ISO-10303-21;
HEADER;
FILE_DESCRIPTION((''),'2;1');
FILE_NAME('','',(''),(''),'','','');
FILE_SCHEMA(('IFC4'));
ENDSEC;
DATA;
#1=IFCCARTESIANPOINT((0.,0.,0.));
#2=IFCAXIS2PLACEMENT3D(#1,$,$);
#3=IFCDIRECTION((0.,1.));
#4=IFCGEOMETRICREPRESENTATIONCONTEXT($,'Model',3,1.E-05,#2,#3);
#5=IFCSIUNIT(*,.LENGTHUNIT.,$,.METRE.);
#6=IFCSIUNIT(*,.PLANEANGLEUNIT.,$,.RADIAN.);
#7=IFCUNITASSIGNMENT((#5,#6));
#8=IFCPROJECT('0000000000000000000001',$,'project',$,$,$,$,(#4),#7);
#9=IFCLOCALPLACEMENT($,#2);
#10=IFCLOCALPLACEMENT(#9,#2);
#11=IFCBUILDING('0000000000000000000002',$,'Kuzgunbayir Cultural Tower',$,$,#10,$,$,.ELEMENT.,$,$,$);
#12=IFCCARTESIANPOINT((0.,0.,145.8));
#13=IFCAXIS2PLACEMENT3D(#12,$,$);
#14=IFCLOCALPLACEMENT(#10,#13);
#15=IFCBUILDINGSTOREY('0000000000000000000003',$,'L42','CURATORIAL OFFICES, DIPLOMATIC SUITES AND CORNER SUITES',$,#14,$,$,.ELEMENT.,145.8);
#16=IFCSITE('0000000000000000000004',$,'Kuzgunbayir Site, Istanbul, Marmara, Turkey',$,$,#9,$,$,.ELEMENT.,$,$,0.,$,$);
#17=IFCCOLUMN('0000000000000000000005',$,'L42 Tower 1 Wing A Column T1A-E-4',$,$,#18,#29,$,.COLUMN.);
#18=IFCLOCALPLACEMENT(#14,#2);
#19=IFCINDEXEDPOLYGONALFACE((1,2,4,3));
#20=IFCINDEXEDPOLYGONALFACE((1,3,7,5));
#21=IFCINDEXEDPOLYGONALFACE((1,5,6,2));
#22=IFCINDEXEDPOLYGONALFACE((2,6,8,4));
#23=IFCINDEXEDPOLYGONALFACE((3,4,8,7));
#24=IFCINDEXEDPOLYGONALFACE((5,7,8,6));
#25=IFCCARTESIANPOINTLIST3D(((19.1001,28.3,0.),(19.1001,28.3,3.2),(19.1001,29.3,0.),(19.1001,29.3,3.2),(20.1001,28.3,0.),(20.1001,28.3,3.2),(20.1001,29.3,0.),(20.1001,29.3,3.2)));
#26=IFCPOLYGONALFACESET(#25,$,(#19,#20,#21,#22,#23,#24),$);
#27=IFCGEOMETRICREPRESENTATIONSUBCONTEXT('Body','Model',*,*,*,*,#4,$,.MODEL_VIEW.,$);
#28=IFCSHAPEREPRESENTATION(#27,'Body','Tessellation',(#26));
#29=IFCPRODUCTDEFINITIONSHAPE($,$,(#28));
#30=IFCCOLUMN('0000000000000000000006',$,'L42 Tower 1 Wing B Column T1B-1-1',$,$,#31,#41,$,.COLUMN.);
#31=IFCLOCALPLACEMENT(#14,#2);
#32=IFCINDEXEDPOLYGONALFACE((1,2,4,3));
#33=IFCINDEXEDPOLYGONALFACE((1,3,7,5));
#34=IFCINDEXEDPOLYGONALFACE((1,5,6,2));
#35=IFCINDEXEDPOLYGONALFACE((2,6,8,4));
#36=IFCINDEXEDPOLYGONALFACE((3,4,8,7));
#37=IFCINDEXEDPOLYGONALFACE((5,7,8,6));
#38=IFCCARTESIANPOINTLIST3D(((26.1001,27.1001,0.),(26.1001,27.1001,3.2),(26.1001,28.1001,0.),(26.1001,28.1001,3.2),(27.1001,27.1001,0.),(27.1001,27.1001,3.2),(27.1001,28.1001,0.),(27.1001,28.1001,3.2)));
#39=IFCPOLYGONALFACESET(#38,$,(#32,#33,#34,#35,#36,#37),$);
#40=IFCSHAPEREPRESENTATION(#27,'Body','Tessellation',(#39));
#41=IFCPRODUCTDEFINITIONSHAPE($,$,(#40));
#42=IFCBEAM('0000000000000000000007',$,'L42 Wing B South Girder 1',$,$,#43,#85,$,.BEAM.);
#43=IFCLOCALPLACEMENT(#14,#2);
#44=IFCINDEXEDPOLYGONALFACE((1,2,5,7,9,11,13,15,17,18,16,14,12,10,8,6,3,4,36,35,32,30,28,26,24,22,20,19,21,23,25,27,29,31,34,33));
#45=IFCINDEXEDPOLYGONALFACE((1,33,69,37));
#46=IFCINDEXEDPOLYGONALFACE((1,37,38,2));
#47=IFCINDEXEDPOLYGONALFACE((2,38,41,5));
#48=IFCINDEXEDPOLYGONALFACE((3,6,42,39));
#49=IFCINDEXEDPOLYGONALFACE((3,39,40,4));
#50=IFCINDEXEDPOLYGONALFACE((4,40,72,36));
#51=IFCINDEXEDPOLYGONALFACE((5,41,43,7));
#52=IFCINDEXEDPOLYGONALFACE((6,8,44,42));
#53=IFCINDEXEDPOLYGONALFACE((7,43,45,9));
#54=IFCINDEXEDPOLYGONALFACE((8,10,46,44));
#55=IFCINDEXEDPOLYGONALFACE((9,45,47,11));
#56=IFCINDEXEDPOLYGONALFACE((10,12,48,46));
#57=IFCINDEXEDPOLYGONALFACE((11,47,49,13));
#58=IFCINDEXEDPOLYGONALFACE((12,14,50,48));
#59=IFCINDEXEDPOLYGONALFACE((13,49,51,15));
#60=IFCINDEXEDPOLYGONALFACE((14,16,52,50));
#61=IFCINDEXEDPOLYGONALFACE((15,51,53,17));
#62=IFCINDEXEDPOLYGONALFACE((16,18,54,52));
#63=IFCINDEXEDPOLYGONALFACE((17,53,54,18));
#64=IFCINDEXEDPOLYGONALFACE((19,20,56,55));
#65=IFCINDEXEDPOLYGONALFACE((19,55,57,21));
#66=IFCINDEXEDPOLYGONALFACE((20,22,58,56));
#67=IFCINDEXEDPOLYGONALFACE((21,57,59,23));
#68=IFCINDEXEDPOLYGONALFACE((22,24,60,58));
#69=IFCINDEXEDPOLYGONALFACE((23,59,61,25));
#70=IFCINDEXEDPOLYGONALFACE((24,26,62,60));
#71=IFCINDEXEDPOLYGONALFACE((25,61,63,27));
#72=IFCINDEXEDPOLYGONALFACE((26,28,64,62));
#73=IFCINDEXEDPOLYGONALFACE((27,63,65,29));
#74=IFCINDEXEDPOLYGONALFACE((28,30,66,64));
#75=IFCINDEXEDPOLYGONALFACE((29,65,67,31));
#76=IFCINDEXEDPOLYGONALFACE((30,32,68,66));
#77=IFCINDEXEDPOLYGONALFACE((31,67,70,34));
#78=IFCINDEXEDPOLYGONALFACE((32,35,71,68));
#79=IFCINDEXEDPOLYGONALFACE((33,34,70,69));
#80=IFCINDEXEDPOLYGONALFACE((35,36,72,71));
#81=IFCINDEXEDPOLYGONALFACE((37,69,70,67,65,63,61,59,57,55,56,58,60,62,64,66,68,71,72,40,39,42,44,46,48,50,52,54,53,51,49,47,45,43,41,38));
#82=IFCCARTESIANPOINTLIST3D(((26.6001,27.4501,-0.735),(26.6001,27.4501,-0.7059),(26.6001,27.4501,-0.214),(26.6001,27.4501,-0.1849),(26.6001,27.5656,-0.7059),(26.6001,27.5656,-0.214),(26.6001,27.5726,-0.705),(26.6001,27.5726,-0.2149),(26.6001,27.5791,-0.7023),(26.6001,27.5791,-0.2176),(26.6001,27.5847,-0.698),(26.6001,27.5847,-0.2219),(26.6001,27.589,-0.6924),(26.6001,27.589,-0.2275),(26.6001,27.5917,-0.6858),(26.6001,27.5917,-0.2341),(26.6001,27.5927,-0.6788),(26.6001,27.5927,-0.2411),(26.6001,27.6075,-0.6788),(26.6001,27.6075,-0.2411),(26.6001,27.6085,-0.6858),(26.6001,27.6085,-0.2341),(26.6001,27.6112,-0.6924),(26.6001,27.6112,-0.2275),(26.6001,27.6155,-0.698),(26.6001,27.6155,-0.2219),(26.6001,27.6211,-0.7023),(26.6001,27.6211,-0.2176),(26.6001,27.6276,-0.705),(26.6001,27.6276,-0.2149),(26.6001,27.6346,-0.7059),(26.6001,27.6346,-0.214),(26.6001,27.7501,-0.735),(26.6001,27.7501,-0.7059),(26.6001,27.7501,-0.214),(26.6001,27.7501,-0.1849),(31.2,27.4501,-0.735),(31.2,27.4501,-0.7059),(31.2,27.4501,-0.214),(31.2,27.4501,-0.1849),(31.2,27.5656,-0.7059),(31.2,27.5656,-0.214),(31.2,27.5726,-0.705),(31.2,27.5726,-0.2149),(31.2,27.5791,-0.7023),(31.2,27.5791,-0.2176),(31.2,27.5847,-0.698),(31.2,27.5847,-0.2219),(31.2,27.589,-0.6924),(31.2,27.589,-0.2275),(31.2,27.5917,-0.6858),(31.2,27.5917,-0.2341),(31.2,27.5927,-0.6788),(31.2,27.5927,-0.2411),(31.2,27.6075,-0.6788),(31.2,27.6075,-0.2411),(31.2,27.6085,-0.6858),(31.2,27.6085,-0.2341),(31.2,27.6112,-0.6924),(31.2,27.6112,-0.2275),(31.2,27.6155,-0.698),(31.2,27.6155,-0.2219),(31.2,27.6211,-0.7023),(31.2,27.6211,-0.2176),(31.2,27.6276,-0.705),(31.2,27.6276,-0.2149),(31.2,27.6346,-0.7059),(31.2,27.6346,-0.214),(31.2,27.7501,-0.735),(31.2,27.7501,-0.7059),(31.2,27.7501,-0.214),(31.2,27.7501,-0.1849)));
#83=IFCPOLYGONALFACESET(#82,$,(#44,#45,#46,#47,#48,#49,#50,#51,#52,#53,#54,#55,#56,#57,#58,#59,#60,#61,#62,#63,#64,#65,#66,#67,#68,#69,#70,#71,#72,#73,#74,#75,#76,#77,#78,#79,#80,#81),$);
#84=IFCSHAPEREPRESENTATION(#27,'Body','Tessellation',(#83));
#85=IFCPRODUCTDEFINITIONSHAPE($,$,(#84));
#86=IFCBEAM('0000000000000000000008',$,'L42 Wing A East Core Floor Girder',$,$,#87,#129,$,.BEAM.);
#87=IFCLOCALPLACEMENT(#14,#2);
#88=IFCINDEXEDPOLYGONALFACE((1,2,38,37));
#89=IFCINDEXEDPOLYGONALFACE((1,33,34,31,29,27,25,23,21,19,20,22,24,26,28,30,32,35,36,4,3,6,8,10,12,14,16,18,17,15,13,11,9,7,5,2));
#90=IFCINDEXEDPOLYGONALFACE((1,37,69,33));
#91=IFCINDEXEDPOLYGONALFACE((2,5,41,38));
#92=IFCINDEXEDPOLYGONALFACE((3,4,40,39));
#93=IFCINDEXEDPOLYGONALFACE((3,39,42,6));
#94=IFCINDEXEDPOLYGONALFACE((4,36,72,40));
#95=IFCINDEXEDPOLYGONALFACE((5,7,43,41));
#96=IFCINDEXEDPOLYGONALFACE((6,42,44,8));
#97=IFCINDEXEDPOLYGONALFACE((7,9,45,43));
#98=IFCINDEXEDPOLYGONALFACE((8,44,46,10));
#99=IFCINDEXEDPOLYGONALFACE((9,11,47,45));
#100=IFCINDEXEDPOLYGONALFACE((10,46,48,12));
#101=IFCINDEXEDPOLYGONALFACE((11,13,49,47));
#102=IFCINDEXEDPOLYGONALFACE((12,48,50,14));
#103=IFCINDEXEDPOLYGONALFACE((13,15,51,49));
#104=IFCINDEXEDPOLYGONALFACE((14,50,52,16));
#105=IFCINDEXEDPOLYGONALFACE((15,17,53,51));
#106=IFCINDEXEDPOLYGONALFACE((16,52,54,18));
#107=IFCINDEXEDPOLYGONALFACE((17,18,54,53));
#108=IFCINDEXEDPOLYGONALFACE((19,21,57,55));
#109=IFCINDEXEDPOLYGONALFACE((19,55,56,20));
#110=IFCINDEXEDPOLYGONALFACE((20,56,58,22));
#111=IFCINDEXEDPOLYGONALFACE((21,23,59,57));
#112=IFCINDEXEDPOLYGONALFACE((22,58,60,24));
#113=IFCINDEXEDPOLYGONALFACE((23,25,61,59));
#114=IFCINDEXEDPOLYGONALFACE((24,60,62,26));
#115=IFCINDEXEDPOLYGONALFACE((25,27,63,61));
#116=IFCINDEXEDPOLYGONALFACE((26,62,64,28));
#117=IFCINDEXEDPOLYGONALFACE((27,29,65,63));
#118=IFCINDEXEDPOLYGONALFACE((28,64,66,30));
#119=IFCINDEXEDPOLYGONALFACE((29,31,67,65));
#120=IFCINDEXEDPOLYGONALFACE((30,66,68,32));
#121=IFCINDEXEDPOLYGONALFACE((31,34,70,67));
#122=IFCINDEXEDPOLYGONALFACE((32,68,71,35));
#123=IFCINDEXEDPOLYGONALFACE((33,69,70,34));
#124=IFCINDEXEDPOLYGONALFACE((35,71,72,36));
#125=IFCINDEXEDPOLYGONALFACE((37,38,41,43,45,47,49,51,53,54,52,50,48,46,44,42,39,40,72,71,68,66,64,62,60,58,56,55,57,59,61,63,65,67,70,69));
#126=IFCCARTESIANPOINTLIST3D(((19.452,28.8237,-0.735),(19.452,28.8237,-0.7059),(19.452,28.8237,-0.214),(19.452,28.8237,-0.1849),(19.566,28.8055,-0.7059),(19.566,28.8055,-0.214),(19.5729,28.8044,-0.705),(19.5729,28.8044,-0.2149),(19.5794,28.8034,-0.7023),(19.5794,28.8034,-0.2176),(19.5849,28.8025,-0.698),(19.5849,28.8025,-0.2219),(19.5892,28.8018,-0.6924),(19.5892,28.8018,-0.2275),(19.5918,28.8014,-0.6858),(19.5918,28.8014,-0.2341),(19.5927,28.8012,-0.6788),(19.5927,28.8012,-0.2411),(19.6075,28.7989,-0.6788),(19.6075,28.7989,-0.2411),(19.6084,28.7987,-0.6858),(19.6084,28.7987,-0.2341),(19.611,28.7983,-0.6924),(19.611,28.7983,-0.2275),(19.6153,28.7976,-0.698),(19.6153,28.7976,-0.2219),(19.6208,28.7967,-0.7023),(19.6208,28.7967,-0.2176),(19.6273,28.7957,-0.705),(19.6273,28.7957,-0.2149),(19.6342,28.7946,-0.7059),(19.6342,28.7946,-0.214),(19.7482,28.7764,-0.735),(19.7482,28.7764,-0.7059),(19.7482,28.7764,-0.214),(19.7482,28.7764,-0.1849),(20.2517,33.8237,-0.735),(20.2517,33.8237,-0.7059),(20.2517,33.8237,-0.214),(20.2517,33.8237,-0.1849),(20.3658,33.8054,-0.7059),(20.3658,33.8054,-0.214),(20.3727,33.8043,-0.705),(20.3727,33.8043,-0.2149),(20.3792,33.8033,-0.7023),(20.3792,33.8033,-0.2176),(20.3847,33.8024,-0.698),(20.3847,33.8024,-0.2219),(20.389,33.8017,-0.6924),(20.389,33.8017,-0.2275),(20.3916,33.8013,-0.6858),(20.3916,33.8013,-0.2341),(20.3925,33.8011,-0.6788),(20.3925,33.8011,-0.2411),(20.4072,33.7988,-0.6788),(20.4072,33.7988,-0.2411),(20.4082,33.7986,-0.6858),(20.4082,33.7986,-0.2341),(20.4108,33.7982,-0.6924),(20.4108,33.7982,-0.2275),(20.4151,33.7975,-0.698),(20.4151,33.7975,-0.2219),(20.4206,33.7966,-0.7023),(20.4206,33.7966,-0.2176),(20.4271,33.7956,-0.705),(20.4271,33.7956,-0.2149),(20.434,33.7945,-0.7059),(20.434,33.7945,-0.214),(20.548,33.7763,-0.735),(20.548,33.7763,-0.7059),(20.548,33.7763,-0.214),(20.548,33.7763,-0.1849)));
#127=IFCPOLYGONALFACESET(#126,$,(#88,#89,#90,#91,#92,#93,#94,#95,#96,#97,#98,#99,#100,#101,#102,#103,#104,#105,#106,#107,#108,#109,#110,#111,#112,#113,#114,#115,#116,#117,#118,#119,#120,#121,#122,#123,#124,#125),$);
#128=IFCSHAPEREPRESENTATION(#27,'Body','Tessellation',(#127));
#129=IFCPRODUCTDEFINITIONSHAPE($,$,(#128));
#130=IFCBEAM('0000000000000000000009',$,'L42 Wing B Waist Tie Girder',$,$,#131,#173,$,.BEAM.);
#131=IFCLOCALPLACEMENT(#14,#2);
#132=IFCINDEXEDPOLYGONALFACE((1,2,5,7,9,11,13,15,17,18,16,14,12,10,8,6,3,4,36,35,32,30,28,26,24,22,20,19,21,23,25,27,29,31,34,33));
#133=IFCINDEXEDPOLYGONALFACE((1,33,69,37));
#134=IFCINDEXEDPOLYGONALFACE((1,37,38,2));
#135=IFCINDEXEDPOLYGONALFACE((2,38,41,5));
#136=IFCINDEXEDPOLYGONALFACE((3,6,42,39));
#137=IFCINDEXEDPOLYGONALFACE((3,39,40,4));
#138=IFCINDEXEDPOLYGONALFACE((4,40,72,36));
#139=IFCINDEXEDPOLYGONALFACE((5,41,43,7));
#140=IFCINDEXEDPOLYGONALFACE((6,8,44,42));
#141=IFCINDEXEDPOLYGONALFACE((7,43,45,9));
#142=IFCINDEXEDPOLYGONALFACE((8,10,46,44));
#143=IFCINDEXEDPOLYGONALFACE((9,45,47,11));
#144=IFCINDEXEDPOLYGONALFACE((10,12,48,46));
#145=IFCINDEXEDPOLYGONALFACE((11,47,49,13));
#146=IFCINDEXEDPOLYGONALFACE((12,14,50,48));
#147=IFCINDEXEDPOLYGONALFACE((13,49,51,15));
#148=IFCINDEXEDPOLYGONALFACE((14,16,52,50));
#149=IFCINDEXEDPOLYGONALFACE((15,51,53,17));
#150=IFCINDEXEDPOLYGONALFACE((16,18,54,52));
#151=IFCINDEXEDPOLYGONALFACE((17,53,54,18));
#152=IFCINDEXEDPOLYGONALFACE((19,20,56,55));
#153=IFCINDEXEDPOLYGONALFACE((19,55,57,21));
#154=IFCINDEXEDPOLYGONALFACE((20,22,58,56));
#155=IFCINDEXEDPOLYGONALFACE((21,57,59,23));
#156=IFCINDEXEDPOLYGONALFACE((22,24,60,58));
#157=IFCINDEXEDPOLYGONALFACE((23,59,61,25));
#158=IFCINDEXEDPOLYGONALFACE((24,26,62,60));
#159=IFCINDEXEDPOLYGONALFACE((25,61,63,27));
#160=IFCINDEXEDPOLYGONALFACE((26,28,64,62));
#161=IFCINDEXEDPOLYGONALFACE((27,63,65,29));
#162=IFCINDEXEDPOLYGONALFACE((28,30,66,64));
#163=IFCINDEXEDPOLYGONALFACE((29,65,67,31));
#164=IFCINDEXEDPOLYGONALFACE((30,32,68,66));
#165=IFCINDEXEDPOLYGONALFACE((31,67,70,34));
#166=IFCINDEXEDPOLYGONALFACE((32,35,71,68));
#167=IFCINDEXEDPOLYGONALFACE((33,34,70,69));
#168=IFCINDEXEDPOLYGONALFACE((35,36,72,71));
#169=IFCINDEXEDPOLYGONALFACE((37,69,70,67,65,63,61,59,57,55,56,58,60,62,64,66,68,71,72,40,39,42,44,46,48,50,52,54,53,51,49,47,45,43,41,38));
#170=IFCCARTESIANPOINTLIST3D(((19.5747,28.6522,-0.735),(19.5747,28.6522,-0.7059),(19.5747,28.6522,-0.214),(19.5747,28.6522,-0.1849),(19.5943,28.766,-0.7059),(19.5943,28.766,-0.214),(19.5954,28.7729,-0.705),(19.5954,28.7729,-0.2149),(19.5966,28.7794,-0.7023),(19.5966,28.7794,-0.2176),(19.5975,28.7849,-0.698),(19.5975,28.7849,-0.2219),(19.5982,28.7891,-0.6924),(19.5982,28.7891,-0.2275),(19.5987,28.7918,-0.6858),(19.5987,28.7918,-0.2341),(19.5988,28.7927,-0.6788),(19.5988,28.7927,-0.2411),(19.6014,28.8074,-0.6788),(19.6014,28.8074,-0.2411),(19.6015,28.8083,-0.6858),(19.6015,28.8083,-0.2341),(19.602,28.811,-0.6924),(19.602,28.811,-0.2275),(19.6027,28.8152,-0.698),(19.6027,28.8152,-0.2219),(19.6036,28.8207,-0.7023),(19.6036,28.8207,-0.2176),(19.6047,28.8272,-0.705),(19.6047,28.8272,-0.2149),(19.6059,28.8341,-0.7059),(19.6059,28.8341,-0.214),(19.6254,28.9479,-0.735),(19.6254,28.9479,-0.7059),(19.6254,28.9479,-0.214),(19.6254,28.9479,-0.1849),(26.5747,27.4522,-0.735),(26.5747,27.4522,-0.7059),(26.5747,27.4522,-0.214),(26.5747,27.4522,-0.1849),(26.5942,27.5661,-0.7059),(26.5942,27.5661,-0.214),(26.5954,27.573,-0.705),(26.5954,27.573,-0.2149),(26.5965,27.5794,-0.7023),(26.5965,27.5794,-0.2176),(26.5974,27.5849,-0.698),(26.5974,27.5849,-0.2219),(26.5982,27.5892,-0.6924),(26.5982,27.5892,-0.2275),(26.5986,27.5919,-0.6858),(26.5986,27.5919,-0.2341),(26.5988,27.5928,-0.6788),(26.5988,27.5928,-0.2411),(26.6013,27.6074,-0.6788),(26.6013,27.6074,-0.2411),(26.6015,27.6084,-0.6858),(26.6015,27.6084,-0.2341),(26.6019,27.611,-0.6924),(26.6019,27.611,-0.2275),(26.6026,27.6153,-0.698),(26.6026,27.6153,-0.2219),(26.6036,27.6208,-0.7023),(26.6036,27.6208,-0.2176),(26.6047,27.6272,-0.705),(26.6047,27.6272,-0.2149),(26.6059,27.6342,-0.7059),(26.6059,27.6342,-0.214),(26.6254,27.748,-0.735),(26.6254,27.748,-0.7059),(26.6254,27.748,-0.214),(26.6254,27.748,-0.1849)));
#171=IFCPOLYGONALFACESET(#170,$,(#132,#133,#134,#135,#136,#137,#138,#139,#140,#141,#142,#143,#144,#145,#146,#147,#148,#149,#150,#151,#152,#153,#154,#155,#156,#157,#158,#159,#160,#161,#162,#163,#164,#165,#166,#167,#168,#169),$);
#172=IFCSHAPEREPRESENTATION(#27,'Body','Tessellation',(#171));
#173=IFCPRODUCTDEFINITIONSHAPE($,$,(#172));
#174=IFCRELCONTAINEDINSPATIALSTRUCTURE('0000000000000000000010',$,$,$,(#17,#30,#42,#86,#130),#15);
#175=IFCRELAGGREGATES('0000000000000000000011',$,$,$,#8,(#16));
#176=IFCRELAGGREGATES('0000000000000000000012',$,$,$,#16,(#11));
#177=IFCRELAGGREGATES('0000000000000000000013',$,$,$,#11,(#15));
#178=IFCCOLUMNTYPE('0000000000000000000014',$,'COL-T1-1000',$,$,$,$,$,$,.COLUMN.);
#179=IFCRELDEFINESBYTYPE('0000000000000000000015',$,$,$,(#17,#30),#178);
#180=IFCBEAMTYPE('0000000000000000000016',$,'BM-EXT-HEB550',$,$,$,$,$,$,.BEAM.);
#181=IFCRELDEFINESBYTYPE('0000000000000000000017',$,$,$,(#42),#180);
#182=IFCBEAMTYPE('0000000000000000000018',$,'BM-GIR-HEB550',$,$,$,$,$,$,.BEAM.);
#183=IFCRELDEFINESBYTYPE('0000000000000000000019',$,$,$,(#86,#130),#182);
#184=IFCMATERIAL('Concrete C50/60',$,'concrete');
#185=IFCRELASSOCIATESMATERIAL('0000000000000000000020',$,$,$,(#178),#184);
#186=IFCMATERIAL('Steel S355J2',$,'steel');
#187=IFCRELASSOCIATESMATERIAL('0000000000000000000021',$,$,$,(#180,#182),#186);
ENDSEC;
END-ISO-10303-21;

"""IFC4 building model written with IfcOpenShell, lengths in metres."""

from ifc_helpers import new_model, si_unit, direction, frame, origin, origin_2d, place, context, subcontext, project, spatial, rectangle, i_section, extrude, material, material_profile, profile_set, type_object, element, save


model = new_model("IFC4")

# Units and contexts
model_context = context("Model", 3, precision=1e-05, world=origin(), true_north=direction((0.0, 1.0)))
body_context = subcontext(model_context, "Body", "Model", "MODEL_VIEW")
ifc_project = project(units=[si_unit("LENGTHUNIT", "METRE"), si_unit("PLANEANGLEUNIT", "RADIAN")], contexts=[model_context])

# Site, building, storey
site_placement = place(None, origin())
site = spatial("IfcSite", under=ifc_project, at=site_placement, Name="Kuzgunbayir Site, Istanbul, Marmara, Turkey", CompositionType="ELEMENT", RefElevation=0.0)
building_placement = place(site_placement, origin())
building = spatial("IfcBuilding", under=site, at=building_placement, Name="Kuzgunbayir Cultural Tower", CompositionType="ELEMENT")
storey_placement = place(building_placement, frame((0.0, 0.0, 145.8)))
storey = spatial("IfcBuildingStorey", under=building, at=storey_placement, Name="L42", Description="CURATORIAL OFFICES, DIPLOMATIC SUITES AND CORNER SUITES", CompositionType="ELEMENT", Elevation=145.8)

# Columns
ifc_material_1 = material(Name="Concrete C50/60", Category="concrete")
ifc_material_profile_1 = material_profile(ifc_material_1, rectangle(XDim=1.0, YDim=1.0, at=origin_2d()), Name="RC 1000x1000")
ifc_profile_set_1 = profile_set([ifc_material_profile_1], Name="Concrete C50/60")
column_type = type_object("IfcColumnType", Name="COL-T1-1000", PredefinedType="COLUMN", material=ifc_profile_set_1)
for number, where, z_axis, x_axis, name in (
    (1, (19.6001, 28.8, 0.0), (0.0, 0.0, 1.0), (1.0, 0.0, 0.0), "L42 Tower 1 Wing A Column T1A-E-4"),
    (2, (26.6001, 27.6001, 0.0), (0.0, 0.0, 1.0), (1.0, 0.0, 0.0), "L42 Tower 1 Wing B Column T1B-1-1"),
):
    element("IfcColumn", number, at=place(storey_placement, frame(where, z_axis=z_axis, x_axis=x_axis)), inside=storey, type_object=column_type, Name=name, PredefinedType="COLUMN", context=body_context, shape_type="SweptSolid", body=[
        extrude(rectangle(XDim=1.0, YDim=1.0, at=origin_2d()), origin(), (0.0, 0.0, 1.0), 3.2),
    ])

# Beams
ifc_material_2 = material(Name="Steel S355J2", Category="steel")
ifc_material_profile_2 = material_profile(ifc_material_2, i_section(OverallWidth=0.3, OverallDepth=0.55, WebThickness=0.0149, FlangeThickness=0.0291, FilletRadius=0.0271, at=origin_2d()), Name="HEB 550")
ifc_profile_set_2 = profile_set([ifc_material_profile_2], Name="Steel S355J2")
beam_type_1 = type_object("IfcBeamType", Name="BM-EXT-HEB550", PredefinedType="BEAM", material=ifc_profile_set_2)
beam_1_placement = place(storey_placement, frame((26.6001, 27.6001, -0.46), z_axis=(1.0, 0.0, 0.0), x_axis=(0.0, 1.0, 0.0)))
element("IfcBeam", 3, at=beam_1_placement, inside=storey, type_object=beam_type_1, Name="L42 Wing B South Girder 1", PredefinedType="BEAM", context=body_context, shape_type="SweptSolid", body=[
    extrude(i_section(OverallWidth=0.3, OverallDepth=0.55, WebThickness=0.0149, FlangeThickness=0.0291, FilletRadius=0.0271, at=origin_2d()), origin(), (0.0, 0.0, 1.0), 4.5999),
])
ifc_material_profile_3 = material_profile(ifc_material_2, i_section(OverallWidth=0.3, OverallDepth=0.55, WebThickness=0.0149, FlangeThickness=0.0291, FilletRadius=0.0271, at=origin_2d()), Name="HEB 550")
ifc_profile_set_3 = profile_set([ifc_material_profile_3], Name="Steel S355J2")
beam_type_2 = type_object("IfcBeamType", Name="BM-GIR-HEB550", PredefinedType="BEAM", material=ifc_profile_set_3)
beam_2_placement = place(storey_placement, frame((19.6001, 28.8, -0.46), z_axis=(0.157953, 0.987447, 0.0), x_axis=(-0.987447, 0.157953, 0.0)))
element("IfcBeam", 4, at=beam_2_placement, inside=storey, type_object=beam_type_2, Name="L42 Wing A East Core Floor Girder", PredefinedType="BEAM", context=body_context, shape_type="SweptSolid", body=[
    extrude(i_section(OverallWidth=0.3, OverallDepth=0.55, WebThickness=0.0149, FlangeThickness=0.0291, FilletRadius=0.0271, at=origin_2d()), origin(), (0.0, 0.0, 1.0), 5.0635),
])
beam_3_placement = place(storey_placement, frame((19.6001, 28.8, -0.46), z_axis=(0.985623, -0.168957, 0.0), x_axis=(0.168957, 0.985623, 0.0)))
element("IfcBeam", 5, at=beam_3_placement, inside=storey, type_object=beam_type_2, Name="L42 Wing B Waist Tie Girder", PredefinedType="BEAM", context=body_context, shape_type="SweptSolid", body=[
    extrude(i_section(OverallWidth=0.3, OverallDepth=0.55, WebThickness=0.0149, FlangeThickness=0.0291, FilletRadius=0.0271, at=origin_2d()), origin(), (0.0, 0.0, 1.0), 7.1021),
])

save(model, "model.ifc")
